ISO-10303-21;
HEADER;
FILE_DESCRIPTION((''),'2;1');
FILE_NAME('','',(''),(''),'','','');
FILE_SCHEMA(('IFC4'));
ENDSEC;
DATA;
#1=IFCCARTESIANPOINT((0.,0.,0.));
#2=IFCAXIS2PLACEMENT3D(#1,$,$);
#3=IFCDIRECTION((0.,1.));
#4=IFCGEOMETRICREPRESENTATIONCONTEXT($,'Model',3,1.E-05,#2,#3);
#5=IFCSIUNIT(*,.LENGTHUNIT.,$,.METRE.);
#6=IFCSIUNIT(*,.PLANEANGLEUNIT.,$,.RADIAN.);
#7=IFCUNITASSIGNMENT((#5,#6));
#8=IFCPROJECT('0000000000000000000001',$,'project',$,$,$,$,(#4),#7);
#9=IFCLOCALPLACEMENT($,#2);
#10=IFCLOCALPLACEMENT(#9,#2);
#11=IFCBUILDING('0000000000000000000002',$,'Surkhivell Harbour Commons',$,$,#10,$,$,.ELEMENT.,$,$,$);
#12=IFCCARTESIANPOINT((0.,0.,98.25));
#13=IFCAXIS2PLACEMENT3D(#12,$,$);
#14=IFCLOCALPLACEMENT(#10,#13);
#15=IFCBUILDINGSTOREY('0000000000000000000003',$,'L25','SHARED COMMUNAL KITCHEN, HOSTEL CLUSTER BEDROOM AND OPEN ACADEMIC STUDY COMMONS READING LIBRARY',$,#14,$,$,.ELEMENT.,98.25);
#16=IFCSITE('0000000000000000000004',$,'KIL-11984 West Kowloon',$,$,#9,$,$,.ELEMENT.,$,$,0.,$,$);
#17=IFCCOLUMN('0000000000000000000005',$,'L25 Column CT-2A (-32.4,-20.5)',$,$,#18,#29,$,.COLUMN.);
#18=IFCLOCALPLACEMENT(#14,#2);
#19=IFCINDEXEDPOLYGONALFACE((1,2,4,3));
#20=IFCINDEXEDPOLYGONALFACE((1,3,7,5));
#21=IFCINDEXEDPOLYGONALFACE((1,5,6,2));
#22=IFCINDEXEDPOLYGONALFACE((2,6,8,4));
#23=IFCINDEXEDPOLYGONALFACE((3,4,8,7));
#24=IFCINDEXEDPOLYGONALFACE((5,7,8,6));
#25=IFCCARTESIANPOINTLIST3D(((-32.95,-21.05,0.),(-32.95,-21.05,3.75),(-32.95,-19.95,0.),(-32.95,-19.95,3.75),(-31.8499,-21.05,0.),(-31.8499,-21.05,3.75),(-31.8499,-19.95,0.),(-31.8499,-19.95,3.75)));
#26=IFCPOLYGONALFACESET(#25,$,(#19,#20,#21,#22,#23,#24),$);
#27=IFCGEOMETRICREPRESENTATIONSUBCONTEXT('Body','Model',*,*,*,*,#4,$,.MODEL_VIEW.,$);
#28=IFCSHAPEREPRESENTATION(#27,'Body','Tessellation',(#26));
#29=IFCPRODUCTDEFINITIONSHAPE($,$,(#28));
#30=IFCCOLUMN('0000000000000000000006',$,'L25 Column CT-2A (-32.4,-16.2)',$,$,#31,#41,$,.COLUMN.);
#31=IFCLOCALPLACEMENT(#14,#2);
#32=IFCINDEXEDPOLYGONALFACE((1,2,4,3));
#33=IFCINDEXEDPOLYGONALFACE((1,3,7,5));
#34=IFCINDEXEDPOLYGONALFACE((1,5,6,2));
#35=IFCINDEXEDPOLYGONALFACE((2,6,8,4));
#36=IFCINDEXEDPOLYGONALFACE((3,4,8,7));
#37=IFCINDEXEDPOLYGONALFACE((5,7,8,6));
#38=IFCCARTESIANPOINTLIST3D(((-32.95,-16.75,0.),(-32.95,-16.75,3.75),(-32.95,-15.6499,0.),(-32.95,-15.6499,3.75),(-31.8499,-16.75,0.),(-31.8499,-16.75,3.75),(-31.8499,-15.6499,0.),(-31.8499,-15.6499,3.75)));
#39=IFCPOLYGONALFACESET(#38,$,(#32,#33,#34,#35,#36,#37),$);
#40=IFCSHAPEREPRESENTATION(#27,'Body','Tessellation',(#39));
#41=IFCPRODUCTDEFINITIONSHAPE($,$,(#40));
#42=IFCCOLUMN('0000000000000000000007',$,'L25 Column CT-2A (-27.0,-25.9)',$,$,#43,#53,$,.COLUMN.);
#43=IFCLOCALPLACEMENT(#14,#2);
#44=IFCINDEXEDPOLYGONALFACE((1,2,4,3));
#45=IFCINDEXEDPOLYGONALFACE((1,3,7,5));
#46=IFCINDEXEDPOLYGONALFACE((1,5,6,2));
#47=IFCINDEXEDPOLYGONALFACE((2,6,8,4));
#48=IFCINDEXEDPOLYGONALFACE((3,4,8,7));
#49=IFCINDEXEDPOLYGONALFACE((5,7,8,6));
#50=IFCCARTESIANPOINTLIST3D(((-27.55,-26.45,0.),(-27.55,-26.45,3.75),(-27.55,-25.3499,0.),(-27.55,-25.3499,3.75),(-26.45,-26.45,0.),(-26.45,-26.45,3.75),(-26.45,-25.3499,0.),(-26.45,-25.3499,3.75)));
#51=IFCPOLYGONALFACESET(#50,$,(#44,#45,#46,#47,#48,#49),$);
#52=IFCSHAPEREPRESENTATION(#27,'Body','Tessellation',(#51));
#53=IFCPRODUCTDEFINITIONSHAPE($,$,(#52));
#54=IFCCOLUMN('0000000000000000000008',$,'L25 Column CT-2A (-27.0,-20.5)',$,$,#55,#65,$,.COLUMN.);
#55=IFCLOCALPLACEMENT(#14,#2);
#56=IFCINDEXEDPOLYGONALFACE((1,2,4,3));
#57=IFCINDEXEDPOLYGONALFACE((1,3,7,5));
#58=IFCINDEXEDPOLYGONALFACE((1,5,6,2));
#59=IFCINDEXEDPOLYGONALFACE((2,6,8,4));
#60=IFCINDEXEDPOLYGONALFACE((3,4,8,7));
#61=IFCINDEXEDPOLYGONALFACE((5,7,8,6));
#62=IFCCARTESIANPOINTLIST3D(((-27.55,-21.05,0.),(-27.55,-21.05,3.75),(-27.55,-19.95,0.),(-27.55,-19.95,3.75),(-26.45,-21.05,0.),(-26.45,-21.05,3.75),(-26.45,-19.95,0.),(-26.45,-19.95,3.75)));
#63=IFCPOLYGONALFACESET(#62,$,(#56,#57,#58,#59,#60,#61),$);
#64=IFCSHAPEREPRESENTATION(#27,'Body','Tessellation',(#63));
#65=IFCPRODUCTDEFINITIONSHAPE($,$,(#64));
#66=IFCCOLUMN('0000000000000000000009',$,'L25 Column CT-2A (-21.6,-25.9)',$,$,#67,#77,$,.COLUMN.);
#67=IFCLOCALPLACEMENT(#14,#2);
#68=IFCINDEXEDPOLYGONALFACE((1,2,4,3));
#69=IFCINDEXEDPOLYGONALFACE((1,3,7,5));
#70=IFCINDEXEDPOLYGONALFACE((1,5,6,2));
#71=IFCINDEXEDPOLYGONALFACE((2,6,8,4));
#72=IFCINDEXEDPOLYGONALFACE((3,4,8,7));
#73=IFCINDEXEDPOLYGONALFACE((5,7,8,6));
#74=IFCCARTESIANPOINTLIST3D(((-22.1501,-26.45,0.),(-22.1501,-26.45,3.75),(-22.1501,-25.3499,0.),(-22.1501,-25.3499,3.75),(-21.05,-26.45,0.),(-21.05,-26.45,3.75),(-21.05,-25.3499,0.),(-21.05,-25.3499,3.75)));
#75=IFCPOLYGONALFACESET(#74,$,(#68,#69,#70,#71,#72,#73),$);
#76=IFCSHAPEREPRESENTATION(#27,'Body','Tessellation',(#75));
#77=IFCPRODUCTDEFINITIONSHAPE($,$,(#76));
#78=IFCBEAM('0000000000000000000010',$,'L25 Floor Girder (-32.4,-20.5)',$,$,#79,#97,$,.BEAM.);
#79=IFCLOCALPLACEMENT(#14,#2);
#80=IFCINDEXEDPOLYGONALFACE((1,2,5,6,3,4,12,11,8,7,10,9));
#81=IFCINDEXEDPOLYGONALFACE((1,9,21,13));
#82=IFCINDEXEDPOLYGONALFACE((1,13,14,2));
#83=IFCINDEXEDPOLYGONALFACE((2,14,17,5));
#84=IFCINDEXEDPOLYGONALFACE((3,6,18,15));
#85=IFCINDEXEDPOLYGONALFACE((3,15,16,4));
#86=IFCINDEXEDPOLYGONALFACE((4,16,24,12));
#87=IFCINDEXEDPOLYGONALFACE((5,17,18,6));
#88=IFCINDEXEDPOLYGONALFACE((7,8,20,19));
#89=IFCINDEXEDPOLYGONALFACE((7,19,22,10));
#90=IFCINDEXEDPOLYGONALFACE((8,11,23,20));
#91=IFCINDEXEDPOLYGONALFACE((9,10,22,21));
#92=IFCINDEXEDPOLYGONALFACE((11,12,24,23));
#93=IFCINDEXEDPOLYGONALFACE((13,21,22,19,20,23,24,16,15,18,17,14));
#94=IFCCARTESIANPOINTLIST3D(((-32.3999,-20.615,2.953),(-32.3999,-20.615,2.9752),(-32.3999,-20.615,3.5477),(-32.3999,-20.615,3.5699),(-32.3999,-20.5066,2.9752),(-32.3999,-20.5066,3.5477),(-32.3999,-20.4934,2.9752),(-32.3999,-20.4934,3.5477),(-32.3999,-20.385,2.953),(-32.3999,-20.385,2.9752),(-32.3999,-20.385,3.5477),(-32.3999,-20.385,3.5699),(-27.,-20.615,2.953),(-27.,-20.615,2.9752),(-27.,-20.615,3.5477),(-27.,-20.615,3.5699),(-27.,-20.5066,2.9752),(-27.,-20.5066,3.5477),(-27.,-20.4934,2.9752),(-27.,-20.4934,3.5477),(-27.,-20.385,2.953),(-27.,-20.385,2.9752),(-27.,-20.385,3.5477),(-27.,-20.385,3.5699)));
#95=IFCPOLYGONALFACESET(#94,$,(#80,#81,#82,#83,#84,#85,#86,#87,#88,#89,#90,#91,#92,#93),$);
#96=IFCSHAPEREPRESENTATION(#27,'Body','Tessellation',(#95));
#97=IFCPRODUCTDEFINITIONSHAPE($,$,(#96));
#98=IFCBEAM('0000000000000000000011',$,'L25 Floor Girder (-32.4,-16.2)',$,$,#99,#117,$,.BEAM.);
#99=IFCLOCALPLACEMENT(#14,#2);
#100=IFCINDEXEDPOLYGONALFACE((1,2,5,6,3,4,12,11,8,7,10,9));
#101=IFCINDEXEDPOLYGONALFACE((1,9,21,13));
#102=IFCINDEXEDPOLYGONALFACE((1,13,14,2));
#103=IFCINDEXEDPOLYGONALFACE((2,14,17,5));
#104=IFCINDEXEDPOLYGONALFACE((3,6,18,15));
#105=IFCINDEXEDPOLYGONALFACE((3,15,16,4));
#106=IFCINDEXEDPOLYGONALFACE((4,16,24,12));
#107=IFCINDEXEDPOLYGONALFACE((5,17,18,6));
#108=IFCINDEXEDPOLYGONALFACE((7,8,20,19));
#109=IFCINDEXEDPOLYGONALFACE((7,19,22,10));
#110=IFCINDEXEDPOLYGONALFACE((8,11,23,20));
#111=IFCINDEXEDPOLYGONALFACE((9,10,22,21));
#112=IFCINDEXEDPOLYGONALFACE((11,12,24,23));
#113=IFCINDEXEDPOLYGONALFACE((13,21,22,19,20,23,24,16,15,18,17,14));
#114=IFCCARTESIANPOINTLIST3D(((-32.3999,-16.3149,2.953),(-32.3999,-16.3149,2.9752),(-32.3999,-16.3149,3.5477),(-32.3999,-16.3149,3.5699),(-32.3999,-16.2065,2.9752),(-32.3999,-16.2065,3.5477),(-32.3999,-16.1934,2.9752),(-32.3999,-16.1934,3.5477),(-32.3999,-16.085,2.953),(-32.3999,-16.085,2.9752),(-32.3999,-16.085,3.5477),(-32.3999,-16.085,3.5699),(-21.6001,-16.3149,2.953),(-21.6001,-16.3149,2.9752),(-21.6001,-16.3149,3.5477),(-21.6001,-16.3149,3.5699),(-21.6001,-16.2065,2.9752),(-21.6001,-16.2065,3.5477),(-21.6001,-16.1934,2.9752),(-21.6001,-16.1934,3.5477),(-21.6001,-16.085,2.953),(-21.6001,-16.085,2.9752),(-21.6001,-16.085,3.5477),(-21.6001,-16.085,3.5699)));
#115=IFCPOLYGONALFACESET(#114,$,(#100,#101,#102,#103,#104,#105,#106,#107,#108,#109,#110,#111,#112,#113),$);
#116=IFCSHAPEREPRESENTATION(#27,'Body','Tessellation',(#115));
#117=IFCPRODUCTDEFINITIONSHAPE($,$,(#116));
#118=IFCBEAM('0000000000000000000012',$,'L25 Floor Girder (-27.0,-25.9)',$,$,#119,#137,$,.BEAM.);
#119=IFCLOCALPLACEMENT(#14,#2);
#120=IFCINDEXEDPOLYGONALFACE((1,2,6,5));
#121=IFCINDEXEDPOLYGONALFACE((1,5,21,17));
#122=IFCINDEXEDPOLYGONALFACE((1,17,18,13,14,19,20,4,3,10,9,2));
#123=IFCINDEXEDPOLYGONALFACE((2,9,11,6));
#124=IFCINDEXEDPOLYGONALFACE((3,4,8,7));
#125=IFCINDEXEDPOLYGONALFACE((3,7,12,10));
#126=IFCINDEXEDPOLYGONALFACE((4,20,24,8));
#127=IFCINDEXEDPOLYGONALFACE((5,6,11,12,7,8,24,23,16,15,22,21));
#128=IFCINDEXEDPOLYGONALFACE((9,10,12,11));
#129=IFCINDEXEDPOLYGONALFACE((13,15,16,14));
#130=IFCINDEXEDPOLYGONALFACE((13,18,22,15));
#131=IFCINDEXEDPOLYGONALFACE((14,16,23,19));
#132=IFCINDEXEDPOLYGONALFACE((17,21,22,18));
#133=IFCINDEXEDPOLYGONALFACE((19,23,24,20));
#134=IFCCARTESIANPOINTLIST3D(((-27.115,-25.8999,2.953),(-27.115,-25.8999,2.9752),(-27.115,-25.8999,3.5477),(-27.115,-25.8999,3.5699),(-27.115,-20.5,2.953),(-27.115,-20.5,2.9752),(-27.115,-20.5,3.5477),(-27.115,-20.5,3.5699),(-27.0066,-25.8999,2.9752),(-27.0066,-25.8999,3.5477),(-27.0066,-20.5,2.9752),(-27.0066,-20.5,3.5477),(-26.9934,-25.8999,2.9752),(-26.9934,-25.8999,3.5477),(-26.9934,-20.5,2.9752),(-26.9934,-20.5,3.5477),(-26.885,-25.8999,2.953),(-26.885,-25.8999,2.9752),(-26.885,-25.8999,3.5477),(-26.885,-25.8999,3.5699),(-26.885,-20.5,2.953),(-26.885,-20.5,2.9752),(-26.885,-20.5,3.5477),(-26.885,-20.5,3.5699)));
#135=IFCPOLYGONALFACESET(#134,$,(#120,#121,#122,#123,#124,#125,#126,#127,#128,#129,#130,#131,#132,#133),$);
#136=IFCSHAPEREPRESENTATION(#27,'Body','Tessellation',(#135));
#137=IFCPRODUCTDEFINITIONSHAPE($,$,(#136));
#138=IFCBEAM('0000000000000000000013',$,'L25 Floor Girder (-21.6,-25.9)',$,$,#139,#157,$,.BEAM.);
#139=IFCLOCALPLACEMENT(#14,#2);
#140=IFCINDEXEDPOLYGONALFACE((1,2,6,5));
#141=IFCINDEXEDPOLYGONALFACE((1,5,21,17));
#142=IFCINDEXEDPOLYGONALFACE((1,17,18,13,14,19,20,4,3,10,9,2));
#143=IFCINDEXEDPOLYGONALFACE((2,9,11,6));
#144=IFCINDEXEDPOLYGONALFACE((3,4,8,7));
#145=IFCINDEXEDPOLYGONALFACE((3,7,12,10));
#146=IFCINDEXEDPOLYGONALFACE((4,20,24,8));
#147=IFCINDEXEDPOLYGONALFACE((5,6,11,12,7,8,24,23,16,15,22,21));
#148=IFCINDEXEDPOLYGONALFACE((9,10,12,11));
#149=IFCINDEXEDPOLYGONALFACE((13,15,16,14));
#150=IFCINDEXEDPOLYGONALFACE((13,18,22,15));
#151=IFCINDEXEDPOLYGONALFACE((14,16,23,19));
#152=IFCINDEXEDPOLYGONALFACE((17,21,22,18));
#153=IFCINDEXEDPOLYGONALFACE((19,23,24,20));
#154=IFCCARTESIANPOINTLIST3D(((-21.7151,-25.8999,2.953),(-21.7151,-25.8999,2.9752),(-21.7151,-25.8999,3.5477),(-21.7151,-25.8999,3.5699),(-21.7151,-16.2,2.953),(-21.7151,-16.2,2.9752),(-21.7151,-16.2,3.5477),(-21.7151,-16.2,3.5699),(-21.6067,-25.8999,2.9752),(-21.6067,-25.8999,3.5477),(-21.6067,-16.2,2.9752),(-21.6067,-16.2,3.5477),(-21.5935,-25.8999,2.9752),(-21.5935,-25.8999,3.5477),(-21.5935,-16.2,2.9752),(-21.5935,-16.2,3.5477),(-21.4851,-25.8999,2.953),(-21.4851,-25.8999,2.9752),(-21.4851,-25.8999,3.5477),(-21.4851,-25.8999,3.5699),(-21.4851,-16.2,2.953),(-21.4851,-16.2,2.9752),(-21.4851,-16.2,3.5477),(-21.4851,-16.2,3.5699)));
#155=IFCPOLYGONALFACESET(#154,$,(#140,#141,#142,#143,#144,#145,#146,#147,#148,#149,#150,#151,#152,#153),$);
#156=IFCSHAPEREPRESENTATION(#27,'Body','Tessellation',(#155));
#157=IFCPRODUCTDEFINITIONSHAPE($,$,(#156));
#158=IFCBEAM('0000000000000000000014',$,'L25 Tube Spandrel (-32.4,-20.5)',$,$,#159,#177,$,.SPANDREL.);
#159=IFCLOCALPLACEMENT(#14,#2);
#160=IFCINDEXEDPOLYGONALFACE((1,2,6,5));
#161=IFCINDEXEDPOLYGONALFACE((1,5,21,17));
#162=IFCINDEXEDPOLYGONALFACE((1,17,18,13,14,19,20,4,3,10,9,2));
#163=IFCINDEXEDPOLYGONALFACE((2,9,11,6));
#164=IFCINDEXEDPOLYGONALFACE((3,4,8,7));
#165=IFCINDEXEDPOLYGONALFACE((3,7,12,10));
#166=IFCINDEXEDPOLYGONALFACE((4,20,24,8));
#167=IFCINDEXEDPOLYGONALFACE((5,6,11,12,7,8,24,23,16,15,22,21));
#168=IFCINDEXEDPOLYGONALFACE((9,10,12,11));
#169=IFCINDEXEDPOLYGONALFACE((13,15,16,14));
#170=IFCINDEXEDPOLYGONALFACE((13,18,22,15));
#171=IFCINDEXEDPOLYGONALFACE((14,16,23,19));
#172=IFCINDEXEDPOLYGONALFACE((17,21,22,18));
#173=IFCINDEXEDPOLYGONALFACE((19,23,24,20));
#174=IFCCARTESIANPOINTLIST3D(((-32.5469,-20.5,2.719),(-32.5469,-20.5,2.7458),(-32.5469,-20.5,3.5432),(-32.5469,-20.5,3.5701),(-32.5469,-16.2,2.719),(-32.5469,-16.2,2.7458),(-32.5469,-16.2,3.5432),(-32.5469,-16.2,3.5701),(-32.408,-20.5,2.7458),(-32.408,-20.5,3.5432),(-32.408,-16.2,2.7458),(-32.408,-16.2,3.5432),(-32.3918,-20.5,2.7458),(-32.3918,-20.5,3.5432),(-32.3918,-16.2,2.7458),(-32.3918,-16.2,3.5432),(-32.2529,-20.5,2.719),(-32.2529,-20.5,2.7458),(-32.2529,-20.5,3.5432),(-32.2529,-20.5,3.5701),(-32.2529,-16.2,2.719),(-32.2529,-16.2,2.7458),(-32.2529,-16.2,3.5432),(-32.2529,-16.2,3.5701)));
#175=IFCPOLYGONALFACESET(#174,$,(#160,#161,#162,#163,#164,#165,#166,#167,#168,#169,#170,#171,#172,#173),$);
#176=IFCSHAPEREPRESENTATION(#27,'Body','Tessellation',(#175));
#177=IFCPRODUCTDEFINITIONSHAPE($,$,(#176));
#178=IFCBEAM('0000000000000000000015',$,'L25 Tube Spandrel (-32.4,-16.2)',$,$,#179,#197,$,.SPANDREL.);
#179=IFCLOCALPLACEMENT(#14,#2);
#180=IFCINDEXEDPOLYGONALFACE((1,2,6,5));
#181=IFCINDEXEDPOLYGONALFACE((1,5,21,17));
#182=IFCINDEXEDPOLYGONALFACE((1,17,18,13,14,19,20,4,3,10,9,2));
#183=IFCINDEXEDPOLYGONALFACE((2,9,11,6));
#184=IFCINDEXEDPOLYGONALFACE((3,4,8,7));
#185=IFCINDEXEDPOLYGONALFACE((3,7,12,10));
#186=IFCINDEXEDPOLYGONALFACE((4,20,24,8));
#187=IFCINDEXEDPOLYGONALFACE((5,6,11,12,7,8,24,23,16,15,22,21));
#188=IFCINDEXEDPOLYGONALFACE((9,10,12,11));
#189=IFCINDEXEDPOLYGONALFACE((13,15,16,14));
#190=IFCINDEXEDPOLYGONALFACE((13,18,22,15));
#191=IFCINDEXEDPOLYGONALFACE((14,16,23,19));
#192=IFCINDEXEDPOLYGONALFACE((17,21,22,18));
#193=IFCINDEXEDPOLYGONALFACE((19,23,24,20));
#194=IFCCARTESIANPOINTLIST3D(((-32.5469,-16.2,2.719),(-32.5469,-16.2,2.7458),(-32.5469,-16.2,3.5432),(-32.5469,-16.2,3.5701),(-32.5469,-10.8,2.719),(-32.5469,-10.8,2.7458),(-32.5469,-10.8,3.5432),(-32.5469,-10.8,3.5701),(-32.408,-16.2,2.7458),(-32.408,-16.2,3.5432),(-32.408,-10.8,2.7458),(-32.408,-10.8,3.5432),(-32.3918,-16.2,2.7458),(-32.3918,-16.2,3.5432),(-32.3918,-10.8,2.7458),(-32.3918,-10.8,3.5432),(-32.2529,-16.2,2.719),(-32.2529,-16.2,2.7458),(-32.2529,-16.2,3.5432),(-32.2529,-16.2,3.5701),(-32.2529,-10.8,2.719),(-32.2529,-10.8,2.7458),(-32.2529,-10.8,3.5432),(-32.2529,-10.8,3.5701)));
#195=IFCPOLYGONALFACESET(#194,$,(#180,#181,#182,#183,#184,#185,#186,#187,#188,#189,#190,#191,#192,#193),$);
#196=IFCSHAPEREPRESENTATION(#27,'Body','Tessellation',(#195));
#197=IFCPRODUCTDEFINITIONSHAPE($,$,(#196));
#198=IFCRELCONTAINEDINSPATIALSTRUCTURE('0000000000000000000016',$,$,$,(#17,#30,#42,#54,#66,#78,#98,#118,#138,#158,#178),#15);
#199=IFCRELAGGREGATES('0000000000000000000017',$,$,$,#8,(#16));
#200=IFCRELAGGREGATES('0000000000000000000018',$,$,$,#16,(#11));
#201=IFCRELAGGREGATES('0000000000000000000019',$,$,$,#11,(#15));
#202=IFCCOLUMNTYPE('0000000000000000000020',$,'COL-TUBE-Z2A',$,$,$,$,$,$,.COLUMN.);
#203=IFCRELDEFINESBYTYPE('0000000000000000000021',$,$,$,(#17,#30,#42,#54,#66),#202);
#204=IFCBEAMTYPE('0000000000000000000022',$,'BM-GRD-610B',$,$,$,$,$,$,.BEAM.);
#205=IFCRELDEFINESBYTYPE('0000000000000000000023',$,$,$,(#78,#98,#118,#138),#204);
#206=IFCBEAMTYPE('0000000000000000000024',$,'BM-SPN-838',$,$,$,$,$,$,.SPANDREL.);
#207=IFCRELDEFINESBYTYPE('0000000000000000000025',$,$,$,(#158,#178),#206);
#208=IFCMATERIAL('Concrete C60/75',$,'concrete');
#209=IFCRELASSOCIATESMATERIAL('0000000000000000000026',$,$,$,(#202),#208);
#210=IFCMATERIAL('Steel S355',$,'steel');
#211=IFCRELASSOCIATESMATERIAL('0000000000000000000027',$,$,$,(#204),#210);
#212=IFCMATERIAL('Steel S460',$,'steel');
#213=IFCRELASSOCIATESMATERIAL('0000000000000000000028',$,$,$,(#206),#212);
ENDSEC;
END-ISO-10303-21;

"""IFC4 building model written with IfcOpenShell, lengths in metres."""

from ifc_helpers import new_model, si_unit, direction, frame, origin, origin_2d, place, context, subcontext, project, spatial, rectangle, i_section, extrude, material, material_profile, profile_set, type_object, element, save


model = new_model("IFC4")

# Units and contexts
model_context = context("Model", 3, precision=1e-05, world=origin(), true_north=direction((0.0, 1.0)))
body_context = subcontext(model_context, "Body", "Model", "MODEL_VIEW")
ifc_project = project(units=[si_unit("LENGTHUNIT", "METRE"), si_unit("PLANEANGLEUNIT", "RADIAN")], contexts=[model_context])

# Site, building, storey
site_placement = place(None, origin())
site = spatial("IfcSite", under=ifc_project, at=site_placement, Name="KIL-11984 West Kowloon", CompositionType="ELEMENT", RefElevation=0.0)
building_placement = place(site_placement, origin())
building = spatial("IfcBuilding", under=site, at=building_placement, Name="Surkhivell Harbour Commons", CompositionType="ELEMENT")
storey_placement = place(building_placement, frame((0.0, 0.0, 98.25)))
storey = spatial("IfcBuildingStorey", under=building, at=storey_placement, Name="L25", Description="SHARED COMMUNAL KITCHEN, HOSTEL CLUSTER BEDROOM AND OPEN ACADEMIC STUDY COMMONS READING LIBRARY", CompositionType="ELEMENT", Elevation=98.25)

# Columns
ifc_material_1 = material(Name="Concrete C60/75", Category="concrete")
ifc_material_profile_1 = material_profile(ifc_material_1, rectangle(XDim=1.1001, YDim=1.1001, at=origin_2d()), Name="RC-COL-1100x1100")
ifc_profile_set_1 = profile_set([ifc_material_profile_1], Name="Concrete C60/75")
column_type = type_object("IfcColumnType", Name="COL-TUBE-Z2A", PredefinedType="COLUMN", material=ifc_profile_set_1)
for number, where, z_axis, x_axis, name in (
    (1, (-32.3999, -20.5, 0.0), (0.0, 0.0, 1.0), (1.0, 0.0, 0.0), "L25 Column CT-2A (-32.4,-20.5)"),
    (2, (-32.3999, -16.2, 0.0), (0.0, 0.0, 1.0), (1.0, 0.0, 0.0), "L25 Column CT-2A (-32.4,-16.2)"),
    (3, (-27.0, -25.8999, 0.0), (0.0, 0.0, 1.0), (1.0, 0.0, 0.0), "L25 Column CT-2A (-27.0,-25.9)"),
    (4, (-27.0, -20.5, 0.0), (0.0, 0.0, 1.0), (1.0, 0.0, 0.0), "L25 Column CT-2A (-27.0,-20.5)"),
    (5, (-21.6001, -25.8999, 0.0), (0.0, 0.0, 1.0), (1.0, 0.0, 0.0), "L25 Column CT-2A (-21.6,-25.9)"),
):
    element("IfcColumn", number, at=place(storey_placement, frame(where, z_axis=z_axis, x_axis=x_axis)), inside=storey, type_object=column_type, Name=name, PredefinedType="COLUMN", context=body_context, shape_type="SweptSolid", body=[
        extrude(rectangle(XDim=1.1001, YDim=1.1001, at=origin_2d()), origin(), (0.0, 0.0, 1.0), 3.75),
    ])

# Beams
ifc_material_2 = material(Name="Steel S355", Category="steel")
ifc_material_profile_2 = material_profile(ifc_material_2, i_section(OverallWidth=0.23, OverallDepth=0.6169, WebThickness=0.0132, FlangeThickness=0.0222, at=origin_2d()), Name="UB610x229x140")
ifc_profile_set_2 = profile_set([ifc_material_profile_2], Name="Steel S355")
beam_type_1 = type_object("IfcBeamType", Name="BM-GRD-610B", PredefinedType="BEAM", material=ifc_profile_set_2)
beam_1_placement = place(storey_placement, frame((-32.3999, -20.5, 3.2615), z_axis=(1.0, 0.0, 0.0), x_axis=(0.0, 1.0, 0.0)))
element("IfcBeam", 6, at=beam_1_placement, inside=storey, type_object=beam_type_1, Name="L25 Floor Girder (-32.4,-20.5)", PredefinedType="BEAM", context=body_context, shape_type="SweptSolid", body=[
    extrude(i_section(OverallWidth=0.23, OverallDepth=0.6169, WebThickness=0.0132, FlangeThickness=0.0222, at=origin_2d()), origin(), (0.0, 0.0, 1.0), 5.3999),
])
beam_2_placement = place(storey_placement, frame((-32.3999, -16.2, 3.2615), z_axis=(1.0, 0.0, 0.0), x_axis=(0.0, 1.0, 0.0)))
element("IfcBeam", 7, at=beam_2_placement, inside=storey, type_object=beam_type_1, Name="L25 Floor Girder (-32.4,-16.2)", PredefinedType="BEAM", context=body_context, shape_type="SweptSolid", body=[
    extrude(i_section(OverallWidth=0.23, OverallDepth=0.6169, WebThickness=0.0132, FlangeThickness=0.0222, at=origin_2d()), origin(), (0.0, 0.0, 1.0), 10.7998),
])
beam_3_placement = place(storey_placement, frame((-27.0, -25.8999, 3.2615), z_axis=(0.0, 1.0, 0.0), x_axis=(-1.0, 0.0, 0.0)))
element("IfcBeam", 8, at=beam_3_placement, inside=storey, type_object=beam_type_1, Name="L25 Floor Girder (-27.0,-25.9)", PredefinedType="BEAM", context=body_context, shape_type="SweptSolid", body=[
    extrude(i_section(OverallWidth=0.23, OverallDepth=0.6169, WebThickness=0.0132, FlangeThickness=0.0222, at=origin_2d()), origin(), (0.0, 0.0, 1.0), 5.3999),
])
beam_4_placement = place(storey_placement, frame((-21.6001, -25.8999, 3.2615), z_axis=(0.0, 1.0, 0.0), x_axis=(-1.0, 0.0, 0.0)))
element("IfcBeam", 9, at=beam_4_placement, inside=storey, type_object=beam_type_1, Name="L25 Floor Girder (-21.6,-25.9)", PredefinedType="BEAM", context=body_context, shape_type="SweptSolid", body=[
    extrude(i_section(OverallWidth=0.23, OverallDepth=0.6169, WebThickness=0.0132, FlangeThickness=0.0222, at=origin_2d()), origin(), (0.0, 0.0, 1.0), 9.7),
])
ifc_material_3 = material(Name="Steel S460", Category="steel")
ifc_material_profile_3 = material_profile(ifc_material_3, i_section(OverallWidth=0.2939, OverallDepth=0.8511, WebThickness=0.0161, FlangeThickness=0.0269, at=origin_2d()), Name="UB838x292x226")
ifc_profile_set_3 = profile_set([ifc_material_profile_3], Name="Steel S460")
beam_type_2 = type_object("IfcBeamType", Name="BM-SPN-838", PredefinedType="SPANDREL", material=ifc_profile_set_3)
beam_5_placement = place(storey_placement, frame((-32.3999, -20.5, 3.1445), z_axis=(0.0, 1.0, 0.0), x_axis=(-1.0, 0.0, 0.0)))
element("IfcBeam", 10, at=beam_5_placement, inside=storey, type_object=beam_type_2, Name="L25 Tube Spandrel (-32.4,-20.5)", PredefinedType="SPANDREL", context=body_context, shape_type="SweptSolid", body=[
    extrude(i_section(OverallWidth=0.2939, OverallDepth=0.8511, WebThickness=0.0161, FlangeThickness=0.0269, at=origin_2d()), origin(), (0.0, 0.0, 1.0), 4.3),
])
for number, where, z_axis, x_axis, name in (
    (11, (-32.3999, -16.2, 3.1445), (0.0, 1.0, 0.0), (-1.0, 0.0, 0.0), "L25 Tube Spandrel (-32.4,-16.2)"),
):
    element("IfcBeam", number, at=place(storey_placement, frame(where, z_axis=z_axis, x_axis=x_axis)), inside=storey, type_object=beam_type_2, Name=name, PredefinedType="SPANDREL", context=body_context, shape_type="SweptSolid", body=[
        extrude(i_section(OverallWidth=0.2939, OverallDepth=0.8511, WebThickness=0.0161, FlangeThickness=0.0269, at=origin_2d()), origin(), (0.0, 0.0, 1.0), 5.3999),
    ])

save(model, "model.ifc")
